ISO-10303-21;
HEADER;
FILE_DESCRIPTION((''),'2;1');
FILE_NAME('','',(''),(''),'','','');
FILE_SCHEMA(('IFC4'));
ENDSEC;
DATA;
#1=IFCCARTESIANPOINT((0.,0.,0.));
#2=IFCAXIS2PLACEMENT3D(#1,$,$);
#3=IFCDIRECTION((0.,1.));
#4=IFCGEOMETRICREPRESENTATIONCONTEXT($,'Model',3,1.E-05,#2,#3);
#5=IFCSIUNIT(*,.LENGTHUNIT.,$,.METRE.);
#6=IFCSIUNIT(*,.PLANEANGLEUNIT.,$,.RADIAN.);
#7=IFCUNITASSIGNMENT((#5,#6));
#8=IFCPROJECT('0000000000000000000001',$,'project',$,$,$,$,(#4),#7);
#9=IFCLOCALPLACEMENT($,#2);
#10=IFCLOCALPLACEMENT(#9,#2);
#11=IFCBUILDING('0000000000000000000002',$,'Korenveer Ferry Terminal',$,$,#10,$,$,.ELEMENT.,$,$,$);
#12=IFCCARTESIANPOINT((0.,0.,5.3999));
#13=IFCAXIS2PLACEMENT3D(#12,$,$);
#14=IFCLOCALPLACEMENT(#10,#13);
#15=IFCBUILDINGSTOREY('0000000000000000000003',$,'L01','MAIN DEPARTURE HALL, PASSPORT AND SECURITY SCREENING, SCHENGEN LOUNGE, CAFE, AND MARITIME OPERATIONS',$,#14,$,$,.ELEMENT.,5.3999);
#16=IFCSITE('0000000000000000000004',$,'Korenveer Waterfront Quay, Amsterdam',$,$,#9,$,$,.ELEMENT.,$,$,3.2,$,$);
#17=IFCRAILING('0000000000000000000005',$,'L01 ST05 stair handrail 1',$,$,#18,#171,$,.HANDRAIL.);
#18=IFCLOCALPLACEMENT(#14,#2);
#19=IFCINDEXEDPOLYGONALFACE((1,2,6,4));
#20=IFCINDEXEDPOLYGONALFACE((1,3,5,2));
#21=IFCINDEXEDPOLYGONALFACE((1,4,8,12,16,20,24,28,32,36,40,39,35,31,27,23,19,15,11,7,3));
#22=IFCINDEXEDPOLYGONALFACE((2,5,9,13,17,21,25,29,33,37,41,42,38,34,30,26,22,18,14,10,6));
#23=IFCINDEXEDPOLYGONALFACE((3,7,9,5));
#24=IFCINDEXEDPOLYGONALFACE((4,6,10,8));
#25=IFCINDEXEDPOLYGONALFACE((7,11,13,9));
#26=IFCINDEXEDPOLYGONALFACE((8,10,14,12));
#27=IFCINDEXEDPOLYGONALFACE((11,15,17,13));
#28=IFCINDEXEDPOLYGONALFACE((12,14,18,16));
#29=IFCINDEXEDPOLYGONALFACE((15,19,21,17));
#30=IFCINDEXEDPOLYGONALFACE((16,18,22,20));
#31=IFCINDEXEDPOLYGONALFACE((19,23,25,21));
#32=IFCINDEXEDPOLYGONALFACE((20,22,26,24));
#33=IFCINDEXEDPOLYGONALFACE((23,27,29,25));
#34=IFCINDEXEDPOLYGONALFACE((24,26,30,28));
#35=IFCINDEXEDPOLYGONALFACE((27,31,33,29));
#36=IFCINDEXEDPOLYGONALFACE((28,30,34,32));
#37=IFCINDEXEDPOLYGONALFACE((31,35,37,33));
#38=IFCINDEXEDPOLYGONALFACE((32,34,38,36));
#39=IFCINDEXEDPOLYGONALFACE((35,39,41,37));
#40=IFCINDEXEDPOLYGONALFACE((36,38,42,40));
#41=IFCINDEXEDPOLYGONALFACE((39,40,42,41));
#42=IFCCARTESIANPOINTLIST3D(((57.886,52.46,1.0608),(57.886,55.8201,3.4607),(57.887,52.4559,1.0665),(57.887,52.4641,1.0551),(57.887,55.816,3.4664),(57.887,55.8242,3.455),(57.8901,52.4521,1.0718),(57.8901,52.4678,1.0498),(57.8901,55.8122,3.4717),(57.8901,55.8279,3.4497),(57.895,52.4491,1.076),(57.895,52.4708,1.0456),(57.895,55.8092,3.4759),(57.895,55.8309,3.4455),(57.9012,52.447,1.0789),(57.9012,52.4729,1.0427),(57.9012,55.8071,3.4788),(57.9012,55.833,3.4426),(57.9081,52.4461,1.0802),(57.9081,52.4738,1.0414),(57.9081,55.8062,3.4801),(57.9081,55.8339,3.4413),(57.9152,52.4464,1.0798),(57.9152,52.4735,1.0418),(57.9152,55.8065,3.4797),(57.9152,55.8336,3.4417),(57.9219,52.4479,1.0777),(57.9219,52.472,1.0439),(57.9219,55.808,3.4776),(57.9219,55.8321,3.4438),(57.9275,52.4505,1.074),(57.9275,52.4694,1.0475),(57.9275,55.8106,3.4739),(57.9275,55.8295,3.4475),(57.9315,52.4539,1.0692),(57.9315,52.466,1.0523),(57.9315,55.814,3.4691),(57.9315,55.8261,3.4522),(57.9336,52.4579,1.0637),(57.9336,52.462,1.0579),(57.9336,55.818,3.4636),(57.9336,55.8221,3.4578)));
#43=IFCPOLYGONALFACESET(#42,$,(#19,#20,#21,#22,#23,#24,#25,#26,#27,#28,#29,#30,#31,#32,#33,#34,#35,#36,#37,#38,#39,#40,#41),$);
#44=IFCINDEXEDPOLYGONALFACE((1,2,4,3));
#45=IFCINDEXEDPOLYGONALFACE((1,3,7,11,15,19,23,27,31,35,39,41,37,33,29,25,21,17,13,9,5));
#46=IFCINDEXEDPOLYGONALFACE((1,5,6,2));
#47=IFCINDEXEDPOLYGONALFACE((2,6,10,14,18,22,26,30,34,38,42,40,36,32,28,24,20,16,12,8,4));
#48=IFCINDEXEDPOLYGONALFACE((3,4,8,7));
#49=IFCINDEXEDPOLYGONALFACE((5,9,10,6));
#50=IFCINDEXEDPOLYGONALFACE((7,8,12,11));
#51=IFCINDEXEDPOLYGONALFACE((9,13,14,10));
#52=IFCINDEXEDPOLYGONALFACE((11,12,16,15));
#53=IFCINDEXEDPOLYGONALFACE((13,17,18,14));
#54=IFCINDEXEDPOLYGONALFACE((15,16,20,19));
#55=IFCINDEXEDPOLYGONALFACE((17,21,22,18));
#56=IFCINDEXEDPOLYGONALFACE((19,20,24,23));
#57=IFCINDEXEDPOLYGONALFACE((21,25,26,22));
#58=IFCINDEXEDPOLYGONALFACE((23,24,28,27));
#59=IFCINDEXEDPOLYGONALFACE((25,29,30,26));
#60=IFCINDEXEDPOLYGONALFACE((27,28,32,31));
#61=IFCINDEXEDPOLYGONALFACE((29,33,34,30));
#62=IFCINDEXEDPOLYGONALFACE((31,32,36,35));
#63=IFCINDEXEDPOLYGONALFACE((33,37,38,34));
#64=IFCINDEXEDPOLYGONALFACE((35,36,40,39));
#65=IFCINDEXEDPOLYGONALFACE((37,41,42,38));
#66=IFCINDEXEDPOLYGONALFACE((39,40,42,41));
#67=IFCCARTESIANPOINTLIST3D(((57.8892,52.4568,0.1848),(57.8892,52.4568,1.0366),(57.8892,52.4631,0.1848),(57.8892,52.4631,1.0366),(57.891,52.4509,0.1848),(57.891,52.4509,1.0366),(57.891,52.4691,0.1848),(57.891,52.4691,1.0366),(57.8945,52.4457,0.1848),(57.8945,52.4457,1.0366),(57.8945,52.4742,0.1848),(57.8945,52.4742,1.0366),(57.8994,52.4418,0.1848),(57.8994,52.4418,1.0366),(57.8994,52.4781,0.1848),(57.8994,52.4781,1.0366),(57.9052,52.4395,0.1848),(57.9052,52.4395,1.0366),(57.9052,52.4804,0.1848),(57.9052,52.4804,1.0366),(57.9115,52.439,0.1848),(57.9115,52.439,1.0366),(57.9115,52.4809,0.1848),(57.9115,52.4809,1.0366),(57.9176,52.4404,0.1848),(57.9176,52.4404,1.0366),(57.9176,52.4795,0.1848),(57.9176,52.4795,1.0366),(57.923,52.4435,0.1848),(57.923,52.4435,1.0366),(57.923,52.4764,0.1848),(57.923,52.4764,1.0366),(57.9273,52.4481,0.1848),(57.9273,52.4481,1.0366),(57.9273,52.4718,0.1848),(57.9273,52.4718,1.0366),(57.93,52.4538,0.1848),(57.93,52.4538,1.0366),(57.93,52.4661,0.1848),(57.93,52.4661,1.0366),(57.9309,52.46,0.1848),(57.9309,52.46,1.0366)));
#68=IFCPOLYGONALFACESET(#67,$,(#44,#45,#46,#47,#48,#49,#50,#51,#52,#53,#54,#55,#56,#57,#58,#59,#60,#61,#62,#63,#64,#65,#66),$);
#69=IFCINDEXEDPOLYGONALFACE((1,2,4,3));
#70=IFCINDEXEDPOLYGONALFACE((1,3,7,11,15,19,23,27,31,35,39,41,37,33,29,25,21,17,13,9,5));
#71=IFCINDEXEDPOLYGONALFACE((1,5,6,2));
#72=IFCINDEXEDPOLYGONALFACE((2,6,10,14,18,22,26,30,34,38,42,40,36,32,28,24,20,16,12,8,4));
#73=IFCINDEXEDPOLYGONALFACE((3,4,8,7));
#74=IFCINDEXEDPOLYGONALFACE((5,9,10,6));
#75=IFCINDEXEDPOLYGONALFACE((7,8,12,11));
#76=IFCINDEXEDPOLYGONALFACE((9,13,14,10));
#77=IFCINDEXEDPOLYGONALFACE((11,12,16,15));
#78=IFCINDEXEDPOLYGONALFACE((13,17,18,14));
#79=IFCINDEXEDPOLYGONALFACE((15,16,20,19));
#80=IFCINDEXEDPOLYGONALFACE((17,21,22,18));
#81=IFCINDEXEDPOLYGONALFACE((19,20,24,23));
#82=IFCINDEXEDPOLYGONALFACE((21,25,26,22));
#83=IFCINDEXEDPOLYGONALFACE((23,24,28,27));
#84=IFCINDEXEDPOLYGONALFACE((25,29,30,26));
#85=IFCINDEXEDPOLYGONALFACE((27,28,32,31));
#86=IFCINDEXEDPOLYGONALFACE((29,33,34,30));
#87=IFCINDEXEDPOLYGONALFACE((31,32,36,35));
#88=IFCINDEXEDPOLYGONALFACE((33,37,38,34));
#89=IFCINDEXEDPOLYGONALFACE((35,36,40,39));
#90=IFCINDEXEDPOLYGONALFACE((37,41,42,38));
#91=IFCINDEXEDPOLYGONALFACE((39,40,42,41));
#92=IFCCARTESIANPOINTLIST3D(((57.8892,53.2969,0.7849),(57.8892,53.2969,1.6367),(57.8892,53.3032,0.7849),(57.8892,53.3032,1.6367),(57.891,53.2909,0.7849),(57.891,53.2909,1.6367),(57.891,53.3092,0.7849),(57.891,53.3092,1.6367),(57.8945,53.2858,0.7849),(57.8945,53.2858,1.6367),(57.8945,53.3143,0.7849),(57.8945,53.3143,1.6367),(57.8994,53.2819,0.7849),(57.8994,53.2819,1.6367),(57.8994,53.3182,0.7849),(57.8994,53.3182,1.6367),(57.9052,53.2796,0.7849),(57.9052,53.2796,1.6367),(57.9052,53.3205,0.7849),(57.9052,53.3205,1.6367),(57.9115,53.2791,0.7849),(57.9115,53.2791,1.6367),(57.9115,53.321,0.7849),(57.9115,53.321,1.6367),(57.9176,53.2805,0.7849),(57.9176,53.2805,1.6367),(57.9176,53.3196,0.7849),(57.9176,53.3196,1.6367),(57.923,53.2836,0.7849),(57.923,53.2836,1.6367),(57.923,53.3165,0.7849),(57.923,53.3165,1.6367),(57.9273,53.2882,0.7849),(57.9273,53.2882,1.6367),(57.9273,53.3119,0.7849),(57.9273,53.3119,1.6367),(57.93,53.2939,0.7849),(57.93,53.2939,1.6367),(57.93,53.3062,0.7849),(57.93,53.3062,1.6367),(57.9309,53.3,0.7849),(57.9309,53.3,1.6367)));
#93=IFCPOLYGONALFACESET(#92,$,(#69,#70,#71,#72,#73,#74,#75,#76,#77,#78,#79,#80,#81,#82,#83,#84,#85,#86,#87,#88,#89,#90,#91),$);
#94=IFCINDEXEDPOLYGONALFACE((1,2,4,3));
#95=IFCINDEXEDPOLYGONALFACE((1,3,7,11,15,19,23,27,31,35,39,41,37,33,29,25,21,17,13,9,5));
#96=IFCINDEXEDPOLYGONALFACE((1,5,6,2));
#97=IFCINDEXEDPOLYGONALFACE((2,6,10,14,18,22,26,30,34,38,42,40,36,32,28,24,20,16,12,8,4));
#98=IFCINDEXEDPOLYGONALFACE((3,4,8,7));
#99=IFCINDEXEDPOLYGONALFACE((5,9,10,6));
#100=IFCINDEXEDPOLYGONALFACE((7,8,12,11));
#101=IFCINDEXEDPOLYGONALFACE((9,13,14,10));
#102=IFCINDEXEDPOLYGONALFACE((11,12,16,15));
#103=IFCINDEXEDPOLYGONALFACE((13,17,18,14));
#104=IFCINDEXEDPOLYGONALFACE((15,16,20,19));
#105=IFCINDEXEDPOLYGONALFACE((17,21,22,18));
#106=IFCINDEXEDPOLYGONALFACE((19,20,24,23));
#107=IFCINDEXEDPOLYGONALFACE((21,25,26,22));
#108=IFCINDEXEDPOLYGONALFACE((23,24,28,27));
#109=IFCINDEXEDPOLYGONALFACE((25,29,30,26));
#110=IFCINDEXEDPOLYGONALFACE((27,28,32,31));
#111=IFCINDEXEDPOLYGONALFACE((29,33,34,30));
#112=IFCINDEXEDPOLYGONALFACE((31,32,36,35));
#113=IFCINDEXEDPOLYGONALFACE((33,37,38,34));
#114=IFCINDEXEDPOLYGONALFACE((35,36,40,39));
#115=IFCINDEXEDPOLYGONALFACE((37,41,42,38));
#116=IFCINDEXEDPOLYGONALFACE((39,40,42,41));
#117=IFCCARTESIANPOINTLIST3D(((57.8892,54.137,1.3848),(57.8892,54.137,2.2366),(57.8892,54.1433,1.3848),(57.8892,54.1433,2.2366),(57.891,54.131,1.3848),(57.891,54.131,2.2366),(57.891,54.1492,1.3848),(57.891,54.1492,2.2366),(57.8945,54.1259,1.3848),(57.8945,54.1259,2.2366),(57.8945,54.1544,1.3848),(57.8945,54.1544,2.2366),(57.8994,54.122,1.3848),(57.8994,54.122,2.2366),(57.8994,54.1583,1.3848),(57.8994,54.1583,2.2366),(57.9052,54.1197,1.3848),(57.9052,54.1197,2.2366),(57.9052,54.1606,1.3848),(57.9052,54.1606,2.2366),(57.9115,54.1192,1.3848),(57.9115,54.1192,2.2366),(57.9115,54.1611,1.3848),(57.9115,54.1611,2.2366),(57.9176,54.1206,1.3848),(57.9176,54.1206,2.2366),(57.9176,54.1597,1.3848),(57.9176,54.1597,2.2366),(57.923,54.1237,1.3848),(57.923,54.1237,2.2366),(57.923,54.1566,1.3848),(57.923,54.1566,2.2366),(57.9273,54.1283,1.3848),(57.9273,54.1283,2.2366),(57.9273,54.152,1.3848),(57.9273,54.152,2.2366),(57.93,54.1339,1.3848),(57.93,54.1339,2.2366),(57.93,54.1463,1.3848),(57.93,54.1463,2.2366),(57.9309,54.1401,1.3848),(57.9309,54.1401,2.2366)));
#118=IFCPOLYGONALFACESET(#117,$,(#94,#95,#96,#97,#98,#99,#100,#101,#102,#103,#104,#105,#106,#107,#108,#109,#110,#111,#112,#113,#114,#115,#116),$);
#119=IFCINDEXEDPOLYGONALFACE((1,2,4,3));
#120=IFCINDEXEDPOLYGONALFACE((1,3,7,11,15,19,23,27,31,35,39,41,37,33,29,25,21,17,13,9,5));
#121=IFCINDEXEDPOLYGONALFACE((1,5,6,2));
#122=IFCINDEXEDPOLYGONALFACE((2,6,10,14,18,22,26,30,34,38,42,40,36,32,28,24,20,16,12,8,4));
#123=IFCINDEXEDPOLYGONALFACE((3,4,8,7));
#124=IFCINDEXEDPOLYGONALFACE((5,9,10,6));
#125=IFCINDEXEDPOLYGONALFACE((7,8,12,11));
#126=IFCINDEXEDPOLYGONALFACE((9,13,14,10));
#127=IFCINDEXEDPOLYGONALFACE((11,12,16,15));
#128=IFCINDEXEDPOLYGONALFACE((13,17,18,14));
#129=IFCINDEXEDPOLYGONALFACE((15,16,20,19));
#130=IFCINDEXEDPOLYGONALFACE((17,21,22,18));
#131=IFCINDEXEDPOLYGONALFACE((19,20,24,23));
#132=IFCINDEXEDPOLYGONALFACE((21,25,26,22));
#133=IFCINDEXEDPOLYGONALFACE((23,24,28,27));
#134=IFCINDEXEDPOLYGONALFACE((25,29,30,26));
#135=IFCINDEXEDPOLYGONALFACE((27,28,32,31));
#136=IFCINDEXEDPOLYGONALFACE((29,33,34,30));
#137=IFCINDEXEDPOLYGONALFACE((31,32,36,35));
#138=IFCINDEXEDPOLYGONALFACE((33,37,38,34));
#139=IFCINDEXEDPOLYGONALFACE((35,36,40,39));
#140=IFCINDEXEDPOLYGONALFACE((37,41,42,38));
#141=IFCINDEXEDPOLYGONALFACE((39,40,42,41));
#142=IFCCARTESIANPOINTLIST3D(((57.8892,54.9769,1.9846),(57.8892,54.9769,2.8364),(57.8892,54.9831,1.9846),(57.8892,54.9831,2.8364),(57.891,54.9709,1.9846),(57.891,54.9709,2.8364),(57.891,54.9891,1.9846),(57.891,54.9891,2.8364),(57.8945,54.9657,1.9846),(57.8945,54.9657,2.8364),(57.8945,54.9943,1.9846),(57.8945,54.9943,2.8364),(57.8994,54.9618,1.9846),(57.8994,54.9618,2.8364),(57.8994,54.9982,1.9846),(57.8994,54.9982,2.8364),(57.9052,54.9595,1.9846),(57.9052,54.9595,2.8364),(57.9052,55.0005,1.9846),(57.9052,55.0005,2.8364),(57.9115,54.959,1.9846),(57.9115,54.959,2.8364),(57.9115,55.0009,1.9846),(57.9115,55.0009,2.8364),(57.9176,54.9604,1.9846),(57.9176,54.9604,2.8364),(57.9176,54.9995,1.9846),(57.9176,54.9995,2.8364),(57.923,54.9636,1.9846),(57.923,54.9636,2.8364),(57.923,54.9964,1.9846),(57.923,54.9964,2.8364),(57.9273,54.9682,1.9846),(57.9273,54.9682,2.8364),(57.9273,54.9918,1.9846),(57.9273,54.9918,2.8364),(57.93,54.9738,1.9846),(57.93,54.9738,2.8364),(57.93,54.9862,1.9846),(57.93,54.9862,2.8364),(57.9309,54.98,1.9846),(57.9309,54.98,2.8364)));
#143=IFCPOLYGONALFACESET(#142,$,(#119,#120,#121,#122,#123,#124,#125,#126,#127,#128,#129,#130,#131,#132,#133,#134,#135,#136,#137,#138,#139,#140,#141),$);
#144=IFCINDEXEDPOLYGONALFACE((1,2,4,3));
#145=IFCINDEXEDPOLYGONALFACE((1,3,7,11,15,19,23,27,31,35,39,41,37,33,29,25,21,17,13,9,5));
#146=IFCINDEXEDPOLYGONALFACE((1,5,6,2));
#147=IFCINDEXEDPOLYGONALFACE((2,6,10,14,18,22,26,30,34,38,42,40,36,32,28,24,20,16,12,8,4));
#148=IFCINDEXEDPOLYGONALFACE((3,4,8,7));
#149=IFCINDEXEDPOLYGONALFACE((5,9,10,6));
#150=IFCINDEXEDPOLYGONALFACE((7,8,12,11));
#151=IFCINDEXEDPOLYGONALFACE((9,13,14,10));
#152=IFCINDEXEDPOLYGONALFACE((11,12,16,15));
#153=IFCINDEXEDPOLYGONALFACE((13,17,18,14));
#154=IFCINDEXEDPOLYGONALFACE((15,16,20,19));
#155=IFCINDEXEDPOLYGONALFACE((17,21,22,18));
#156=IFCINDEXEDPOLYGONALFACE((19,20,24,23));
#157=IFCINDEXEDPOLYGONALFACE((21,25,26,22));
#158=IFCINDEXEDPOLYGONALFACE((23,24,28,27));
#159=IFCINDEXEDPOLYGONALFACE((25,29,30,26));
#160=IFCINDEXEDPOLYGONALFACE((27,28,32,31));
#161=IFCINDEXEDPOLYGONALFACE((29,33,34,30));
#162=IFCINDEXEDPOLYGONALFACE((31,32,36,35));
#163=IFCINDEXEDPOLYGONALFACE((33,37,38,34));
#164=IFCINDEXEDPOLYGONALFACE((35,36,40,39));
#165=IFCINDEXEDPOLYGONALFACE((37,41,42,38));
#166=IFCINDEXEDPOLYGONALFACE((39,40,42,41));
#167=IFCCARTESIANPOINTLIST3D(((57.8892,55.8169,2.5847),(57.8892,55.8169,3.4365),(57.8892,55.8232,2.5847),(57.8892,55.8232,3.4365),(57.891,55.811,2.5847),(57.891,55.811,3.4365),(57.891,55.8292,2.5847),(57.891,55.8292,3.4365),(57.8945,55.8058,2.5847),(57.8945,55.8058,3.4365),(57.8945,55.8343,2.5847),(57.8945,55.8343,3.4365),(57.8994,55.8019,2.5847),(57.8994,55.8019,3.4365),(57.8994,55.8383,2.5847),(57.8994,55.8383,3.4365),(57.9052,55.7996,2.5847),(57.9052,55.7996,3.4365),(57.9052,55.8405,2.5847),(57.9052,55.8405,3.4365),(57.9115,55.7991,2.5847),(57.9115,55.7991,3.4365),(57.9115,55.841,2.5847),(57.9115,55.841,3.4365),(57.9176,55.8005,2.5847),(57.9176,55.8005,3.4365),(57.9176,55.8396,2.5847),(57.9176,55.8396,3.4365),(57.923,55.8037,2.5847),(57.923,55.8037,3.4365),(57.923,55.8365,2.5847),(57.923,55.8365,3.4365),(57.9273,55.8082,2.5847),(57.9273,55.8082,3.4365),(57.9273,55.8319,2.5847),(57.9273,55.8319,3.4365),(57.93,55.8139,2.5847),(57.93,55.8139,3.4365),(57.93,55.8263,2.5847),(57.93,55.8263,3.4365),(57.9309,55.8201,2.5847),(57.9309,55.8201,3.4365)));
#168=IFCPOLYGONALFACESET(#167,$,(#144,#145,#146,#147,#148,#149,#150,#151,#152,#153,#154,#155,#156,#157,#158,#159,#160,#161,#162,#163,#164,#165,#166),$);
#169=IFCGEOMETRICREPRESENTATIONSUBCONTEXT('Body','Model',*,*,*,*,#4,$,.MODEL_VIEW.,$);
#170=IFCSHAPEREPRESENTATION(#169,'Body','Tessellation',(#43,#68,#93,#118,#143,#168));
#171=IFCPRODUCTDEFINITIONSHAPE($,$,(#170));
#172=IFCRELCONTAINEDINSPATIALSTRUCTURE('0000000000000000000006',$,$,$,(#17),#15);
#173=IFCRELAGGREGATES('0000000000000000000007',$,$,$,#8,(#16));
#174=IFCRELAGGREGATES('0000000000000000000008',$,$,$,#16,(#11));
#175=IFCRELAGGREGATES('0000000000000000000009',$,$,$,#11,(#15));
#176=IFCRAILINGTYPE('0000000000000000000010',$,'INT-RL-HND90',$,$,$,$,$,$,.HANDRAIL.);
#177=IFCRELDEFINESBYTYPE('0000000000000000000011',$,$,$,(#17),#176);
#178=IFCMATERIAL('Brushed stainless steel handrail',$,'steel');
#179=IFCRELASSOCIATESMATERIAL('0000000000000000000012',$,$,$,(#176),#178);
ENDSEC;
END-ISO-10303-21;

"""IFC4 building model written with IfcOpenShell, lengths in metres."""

from ifc_helpers import new_model, si_unit, direction, frame, origin, origin_2d, place, context, subcontext, project, spatial, circle, extrude, material, type_object, element, save


model = new_model("IFC4")

# Units and contexts
model_context = context("Model", 3, precision=1e-05, world=origin(), true_north=direction((0.0, 1.0)))
body_context = subcontext(model_context, "Body", "Model", "MODEL_VIEW")
ifc_project = project(units=[si_unit("LENGTHUNIT", "METRE"), si_unit("PLANEANGLEUNIT", "RADIAN")], contexts=[model_context])

# Site, building, storey
site_placement = place(None, origin())
site = spatial("IfcSite", under=ifc_project, at=site_placement, Name="Korenveer Waterfront Quay, Amsterdam", CompositionType="ELEMENT", RefElevation=3.2)
building_placement = place(site_placement, origin())
building = spatial("IfcBuilding", under=site, at=building_placement, Name="Korenveer Ferry Terminal", CompositionType="ELEMENT")
storey_placement = place(building_placement, frame((0.0, 0.0, 5.3999)))
storey = spatial("IfcBuildingStorey", under=building, at=storey_placement, Name="L01", Description="MAIN DEPARTURE HALL, PASSPORT AND SECURITY SCREENING, SCHENGEN LOUNGE, CAFE, AND MARITIME OPERATIONS", CompositionType="ELEMENT", Elevation=5.3999)

# Railing
ifc_material_1 = material(Name="Brushed stainless steel handrail", Category="steel")
railing_type_1 = type_object("IfcRailingType", Name="INT-RL-HND90", PredefinedType="HANDRAIL", material=ifc_material_1)
railing_1_placement = place(storey_placement, frame((57.9099, 52.46, 0.1848)))
element("IfcRailing", 1, at=railing_1_placement, inside=storey, type_object=railing_type_1, Name="L01 ST05 stair handrail 1", PredefinedType="HANDRAIL", context=body_context, shape_type="SweptSolid", body=[
    extrude(circle(Radius=0.0239, at=origin_2d()), frame((0.0, 0.0, 0.876), z_axis=(0.0, 0.813753, 0.58121), x_axis=(-1.0, 0.0, 0.0)), (0.0, 0.0, 1.0), 4.1292),
    extrude(circle(Radius=0.021, at=origin_2d()), origin(), (0.0, 0.0, 1.0), 0.8518),
    extrude(circle(Radius=0.021, at=origin_2d()), frame((0.0, 0.8401, 0.6001)), (0.0, 0.0, 1.0), 0.8518),
    extrude(circle(Radius=0.021, at=origin_2d()), frame((0.0, 1.6802, 1.2)), (0.0, 0.0, 1.0), 0.8518),
    extrude(circle(Radius=0.021, at=origin_2d()), frame((0.0, 2.52, 1.7998)), (0.0, 0.0, 1.0), 0.8518),
    extrude(circle(Radius=0.021, at=origin_2d()), frame((0.0, 3.3601, 2.3999)), (0.0, 0.0, 1.0), 0.8518),
])

save(model, "model.ifc")
